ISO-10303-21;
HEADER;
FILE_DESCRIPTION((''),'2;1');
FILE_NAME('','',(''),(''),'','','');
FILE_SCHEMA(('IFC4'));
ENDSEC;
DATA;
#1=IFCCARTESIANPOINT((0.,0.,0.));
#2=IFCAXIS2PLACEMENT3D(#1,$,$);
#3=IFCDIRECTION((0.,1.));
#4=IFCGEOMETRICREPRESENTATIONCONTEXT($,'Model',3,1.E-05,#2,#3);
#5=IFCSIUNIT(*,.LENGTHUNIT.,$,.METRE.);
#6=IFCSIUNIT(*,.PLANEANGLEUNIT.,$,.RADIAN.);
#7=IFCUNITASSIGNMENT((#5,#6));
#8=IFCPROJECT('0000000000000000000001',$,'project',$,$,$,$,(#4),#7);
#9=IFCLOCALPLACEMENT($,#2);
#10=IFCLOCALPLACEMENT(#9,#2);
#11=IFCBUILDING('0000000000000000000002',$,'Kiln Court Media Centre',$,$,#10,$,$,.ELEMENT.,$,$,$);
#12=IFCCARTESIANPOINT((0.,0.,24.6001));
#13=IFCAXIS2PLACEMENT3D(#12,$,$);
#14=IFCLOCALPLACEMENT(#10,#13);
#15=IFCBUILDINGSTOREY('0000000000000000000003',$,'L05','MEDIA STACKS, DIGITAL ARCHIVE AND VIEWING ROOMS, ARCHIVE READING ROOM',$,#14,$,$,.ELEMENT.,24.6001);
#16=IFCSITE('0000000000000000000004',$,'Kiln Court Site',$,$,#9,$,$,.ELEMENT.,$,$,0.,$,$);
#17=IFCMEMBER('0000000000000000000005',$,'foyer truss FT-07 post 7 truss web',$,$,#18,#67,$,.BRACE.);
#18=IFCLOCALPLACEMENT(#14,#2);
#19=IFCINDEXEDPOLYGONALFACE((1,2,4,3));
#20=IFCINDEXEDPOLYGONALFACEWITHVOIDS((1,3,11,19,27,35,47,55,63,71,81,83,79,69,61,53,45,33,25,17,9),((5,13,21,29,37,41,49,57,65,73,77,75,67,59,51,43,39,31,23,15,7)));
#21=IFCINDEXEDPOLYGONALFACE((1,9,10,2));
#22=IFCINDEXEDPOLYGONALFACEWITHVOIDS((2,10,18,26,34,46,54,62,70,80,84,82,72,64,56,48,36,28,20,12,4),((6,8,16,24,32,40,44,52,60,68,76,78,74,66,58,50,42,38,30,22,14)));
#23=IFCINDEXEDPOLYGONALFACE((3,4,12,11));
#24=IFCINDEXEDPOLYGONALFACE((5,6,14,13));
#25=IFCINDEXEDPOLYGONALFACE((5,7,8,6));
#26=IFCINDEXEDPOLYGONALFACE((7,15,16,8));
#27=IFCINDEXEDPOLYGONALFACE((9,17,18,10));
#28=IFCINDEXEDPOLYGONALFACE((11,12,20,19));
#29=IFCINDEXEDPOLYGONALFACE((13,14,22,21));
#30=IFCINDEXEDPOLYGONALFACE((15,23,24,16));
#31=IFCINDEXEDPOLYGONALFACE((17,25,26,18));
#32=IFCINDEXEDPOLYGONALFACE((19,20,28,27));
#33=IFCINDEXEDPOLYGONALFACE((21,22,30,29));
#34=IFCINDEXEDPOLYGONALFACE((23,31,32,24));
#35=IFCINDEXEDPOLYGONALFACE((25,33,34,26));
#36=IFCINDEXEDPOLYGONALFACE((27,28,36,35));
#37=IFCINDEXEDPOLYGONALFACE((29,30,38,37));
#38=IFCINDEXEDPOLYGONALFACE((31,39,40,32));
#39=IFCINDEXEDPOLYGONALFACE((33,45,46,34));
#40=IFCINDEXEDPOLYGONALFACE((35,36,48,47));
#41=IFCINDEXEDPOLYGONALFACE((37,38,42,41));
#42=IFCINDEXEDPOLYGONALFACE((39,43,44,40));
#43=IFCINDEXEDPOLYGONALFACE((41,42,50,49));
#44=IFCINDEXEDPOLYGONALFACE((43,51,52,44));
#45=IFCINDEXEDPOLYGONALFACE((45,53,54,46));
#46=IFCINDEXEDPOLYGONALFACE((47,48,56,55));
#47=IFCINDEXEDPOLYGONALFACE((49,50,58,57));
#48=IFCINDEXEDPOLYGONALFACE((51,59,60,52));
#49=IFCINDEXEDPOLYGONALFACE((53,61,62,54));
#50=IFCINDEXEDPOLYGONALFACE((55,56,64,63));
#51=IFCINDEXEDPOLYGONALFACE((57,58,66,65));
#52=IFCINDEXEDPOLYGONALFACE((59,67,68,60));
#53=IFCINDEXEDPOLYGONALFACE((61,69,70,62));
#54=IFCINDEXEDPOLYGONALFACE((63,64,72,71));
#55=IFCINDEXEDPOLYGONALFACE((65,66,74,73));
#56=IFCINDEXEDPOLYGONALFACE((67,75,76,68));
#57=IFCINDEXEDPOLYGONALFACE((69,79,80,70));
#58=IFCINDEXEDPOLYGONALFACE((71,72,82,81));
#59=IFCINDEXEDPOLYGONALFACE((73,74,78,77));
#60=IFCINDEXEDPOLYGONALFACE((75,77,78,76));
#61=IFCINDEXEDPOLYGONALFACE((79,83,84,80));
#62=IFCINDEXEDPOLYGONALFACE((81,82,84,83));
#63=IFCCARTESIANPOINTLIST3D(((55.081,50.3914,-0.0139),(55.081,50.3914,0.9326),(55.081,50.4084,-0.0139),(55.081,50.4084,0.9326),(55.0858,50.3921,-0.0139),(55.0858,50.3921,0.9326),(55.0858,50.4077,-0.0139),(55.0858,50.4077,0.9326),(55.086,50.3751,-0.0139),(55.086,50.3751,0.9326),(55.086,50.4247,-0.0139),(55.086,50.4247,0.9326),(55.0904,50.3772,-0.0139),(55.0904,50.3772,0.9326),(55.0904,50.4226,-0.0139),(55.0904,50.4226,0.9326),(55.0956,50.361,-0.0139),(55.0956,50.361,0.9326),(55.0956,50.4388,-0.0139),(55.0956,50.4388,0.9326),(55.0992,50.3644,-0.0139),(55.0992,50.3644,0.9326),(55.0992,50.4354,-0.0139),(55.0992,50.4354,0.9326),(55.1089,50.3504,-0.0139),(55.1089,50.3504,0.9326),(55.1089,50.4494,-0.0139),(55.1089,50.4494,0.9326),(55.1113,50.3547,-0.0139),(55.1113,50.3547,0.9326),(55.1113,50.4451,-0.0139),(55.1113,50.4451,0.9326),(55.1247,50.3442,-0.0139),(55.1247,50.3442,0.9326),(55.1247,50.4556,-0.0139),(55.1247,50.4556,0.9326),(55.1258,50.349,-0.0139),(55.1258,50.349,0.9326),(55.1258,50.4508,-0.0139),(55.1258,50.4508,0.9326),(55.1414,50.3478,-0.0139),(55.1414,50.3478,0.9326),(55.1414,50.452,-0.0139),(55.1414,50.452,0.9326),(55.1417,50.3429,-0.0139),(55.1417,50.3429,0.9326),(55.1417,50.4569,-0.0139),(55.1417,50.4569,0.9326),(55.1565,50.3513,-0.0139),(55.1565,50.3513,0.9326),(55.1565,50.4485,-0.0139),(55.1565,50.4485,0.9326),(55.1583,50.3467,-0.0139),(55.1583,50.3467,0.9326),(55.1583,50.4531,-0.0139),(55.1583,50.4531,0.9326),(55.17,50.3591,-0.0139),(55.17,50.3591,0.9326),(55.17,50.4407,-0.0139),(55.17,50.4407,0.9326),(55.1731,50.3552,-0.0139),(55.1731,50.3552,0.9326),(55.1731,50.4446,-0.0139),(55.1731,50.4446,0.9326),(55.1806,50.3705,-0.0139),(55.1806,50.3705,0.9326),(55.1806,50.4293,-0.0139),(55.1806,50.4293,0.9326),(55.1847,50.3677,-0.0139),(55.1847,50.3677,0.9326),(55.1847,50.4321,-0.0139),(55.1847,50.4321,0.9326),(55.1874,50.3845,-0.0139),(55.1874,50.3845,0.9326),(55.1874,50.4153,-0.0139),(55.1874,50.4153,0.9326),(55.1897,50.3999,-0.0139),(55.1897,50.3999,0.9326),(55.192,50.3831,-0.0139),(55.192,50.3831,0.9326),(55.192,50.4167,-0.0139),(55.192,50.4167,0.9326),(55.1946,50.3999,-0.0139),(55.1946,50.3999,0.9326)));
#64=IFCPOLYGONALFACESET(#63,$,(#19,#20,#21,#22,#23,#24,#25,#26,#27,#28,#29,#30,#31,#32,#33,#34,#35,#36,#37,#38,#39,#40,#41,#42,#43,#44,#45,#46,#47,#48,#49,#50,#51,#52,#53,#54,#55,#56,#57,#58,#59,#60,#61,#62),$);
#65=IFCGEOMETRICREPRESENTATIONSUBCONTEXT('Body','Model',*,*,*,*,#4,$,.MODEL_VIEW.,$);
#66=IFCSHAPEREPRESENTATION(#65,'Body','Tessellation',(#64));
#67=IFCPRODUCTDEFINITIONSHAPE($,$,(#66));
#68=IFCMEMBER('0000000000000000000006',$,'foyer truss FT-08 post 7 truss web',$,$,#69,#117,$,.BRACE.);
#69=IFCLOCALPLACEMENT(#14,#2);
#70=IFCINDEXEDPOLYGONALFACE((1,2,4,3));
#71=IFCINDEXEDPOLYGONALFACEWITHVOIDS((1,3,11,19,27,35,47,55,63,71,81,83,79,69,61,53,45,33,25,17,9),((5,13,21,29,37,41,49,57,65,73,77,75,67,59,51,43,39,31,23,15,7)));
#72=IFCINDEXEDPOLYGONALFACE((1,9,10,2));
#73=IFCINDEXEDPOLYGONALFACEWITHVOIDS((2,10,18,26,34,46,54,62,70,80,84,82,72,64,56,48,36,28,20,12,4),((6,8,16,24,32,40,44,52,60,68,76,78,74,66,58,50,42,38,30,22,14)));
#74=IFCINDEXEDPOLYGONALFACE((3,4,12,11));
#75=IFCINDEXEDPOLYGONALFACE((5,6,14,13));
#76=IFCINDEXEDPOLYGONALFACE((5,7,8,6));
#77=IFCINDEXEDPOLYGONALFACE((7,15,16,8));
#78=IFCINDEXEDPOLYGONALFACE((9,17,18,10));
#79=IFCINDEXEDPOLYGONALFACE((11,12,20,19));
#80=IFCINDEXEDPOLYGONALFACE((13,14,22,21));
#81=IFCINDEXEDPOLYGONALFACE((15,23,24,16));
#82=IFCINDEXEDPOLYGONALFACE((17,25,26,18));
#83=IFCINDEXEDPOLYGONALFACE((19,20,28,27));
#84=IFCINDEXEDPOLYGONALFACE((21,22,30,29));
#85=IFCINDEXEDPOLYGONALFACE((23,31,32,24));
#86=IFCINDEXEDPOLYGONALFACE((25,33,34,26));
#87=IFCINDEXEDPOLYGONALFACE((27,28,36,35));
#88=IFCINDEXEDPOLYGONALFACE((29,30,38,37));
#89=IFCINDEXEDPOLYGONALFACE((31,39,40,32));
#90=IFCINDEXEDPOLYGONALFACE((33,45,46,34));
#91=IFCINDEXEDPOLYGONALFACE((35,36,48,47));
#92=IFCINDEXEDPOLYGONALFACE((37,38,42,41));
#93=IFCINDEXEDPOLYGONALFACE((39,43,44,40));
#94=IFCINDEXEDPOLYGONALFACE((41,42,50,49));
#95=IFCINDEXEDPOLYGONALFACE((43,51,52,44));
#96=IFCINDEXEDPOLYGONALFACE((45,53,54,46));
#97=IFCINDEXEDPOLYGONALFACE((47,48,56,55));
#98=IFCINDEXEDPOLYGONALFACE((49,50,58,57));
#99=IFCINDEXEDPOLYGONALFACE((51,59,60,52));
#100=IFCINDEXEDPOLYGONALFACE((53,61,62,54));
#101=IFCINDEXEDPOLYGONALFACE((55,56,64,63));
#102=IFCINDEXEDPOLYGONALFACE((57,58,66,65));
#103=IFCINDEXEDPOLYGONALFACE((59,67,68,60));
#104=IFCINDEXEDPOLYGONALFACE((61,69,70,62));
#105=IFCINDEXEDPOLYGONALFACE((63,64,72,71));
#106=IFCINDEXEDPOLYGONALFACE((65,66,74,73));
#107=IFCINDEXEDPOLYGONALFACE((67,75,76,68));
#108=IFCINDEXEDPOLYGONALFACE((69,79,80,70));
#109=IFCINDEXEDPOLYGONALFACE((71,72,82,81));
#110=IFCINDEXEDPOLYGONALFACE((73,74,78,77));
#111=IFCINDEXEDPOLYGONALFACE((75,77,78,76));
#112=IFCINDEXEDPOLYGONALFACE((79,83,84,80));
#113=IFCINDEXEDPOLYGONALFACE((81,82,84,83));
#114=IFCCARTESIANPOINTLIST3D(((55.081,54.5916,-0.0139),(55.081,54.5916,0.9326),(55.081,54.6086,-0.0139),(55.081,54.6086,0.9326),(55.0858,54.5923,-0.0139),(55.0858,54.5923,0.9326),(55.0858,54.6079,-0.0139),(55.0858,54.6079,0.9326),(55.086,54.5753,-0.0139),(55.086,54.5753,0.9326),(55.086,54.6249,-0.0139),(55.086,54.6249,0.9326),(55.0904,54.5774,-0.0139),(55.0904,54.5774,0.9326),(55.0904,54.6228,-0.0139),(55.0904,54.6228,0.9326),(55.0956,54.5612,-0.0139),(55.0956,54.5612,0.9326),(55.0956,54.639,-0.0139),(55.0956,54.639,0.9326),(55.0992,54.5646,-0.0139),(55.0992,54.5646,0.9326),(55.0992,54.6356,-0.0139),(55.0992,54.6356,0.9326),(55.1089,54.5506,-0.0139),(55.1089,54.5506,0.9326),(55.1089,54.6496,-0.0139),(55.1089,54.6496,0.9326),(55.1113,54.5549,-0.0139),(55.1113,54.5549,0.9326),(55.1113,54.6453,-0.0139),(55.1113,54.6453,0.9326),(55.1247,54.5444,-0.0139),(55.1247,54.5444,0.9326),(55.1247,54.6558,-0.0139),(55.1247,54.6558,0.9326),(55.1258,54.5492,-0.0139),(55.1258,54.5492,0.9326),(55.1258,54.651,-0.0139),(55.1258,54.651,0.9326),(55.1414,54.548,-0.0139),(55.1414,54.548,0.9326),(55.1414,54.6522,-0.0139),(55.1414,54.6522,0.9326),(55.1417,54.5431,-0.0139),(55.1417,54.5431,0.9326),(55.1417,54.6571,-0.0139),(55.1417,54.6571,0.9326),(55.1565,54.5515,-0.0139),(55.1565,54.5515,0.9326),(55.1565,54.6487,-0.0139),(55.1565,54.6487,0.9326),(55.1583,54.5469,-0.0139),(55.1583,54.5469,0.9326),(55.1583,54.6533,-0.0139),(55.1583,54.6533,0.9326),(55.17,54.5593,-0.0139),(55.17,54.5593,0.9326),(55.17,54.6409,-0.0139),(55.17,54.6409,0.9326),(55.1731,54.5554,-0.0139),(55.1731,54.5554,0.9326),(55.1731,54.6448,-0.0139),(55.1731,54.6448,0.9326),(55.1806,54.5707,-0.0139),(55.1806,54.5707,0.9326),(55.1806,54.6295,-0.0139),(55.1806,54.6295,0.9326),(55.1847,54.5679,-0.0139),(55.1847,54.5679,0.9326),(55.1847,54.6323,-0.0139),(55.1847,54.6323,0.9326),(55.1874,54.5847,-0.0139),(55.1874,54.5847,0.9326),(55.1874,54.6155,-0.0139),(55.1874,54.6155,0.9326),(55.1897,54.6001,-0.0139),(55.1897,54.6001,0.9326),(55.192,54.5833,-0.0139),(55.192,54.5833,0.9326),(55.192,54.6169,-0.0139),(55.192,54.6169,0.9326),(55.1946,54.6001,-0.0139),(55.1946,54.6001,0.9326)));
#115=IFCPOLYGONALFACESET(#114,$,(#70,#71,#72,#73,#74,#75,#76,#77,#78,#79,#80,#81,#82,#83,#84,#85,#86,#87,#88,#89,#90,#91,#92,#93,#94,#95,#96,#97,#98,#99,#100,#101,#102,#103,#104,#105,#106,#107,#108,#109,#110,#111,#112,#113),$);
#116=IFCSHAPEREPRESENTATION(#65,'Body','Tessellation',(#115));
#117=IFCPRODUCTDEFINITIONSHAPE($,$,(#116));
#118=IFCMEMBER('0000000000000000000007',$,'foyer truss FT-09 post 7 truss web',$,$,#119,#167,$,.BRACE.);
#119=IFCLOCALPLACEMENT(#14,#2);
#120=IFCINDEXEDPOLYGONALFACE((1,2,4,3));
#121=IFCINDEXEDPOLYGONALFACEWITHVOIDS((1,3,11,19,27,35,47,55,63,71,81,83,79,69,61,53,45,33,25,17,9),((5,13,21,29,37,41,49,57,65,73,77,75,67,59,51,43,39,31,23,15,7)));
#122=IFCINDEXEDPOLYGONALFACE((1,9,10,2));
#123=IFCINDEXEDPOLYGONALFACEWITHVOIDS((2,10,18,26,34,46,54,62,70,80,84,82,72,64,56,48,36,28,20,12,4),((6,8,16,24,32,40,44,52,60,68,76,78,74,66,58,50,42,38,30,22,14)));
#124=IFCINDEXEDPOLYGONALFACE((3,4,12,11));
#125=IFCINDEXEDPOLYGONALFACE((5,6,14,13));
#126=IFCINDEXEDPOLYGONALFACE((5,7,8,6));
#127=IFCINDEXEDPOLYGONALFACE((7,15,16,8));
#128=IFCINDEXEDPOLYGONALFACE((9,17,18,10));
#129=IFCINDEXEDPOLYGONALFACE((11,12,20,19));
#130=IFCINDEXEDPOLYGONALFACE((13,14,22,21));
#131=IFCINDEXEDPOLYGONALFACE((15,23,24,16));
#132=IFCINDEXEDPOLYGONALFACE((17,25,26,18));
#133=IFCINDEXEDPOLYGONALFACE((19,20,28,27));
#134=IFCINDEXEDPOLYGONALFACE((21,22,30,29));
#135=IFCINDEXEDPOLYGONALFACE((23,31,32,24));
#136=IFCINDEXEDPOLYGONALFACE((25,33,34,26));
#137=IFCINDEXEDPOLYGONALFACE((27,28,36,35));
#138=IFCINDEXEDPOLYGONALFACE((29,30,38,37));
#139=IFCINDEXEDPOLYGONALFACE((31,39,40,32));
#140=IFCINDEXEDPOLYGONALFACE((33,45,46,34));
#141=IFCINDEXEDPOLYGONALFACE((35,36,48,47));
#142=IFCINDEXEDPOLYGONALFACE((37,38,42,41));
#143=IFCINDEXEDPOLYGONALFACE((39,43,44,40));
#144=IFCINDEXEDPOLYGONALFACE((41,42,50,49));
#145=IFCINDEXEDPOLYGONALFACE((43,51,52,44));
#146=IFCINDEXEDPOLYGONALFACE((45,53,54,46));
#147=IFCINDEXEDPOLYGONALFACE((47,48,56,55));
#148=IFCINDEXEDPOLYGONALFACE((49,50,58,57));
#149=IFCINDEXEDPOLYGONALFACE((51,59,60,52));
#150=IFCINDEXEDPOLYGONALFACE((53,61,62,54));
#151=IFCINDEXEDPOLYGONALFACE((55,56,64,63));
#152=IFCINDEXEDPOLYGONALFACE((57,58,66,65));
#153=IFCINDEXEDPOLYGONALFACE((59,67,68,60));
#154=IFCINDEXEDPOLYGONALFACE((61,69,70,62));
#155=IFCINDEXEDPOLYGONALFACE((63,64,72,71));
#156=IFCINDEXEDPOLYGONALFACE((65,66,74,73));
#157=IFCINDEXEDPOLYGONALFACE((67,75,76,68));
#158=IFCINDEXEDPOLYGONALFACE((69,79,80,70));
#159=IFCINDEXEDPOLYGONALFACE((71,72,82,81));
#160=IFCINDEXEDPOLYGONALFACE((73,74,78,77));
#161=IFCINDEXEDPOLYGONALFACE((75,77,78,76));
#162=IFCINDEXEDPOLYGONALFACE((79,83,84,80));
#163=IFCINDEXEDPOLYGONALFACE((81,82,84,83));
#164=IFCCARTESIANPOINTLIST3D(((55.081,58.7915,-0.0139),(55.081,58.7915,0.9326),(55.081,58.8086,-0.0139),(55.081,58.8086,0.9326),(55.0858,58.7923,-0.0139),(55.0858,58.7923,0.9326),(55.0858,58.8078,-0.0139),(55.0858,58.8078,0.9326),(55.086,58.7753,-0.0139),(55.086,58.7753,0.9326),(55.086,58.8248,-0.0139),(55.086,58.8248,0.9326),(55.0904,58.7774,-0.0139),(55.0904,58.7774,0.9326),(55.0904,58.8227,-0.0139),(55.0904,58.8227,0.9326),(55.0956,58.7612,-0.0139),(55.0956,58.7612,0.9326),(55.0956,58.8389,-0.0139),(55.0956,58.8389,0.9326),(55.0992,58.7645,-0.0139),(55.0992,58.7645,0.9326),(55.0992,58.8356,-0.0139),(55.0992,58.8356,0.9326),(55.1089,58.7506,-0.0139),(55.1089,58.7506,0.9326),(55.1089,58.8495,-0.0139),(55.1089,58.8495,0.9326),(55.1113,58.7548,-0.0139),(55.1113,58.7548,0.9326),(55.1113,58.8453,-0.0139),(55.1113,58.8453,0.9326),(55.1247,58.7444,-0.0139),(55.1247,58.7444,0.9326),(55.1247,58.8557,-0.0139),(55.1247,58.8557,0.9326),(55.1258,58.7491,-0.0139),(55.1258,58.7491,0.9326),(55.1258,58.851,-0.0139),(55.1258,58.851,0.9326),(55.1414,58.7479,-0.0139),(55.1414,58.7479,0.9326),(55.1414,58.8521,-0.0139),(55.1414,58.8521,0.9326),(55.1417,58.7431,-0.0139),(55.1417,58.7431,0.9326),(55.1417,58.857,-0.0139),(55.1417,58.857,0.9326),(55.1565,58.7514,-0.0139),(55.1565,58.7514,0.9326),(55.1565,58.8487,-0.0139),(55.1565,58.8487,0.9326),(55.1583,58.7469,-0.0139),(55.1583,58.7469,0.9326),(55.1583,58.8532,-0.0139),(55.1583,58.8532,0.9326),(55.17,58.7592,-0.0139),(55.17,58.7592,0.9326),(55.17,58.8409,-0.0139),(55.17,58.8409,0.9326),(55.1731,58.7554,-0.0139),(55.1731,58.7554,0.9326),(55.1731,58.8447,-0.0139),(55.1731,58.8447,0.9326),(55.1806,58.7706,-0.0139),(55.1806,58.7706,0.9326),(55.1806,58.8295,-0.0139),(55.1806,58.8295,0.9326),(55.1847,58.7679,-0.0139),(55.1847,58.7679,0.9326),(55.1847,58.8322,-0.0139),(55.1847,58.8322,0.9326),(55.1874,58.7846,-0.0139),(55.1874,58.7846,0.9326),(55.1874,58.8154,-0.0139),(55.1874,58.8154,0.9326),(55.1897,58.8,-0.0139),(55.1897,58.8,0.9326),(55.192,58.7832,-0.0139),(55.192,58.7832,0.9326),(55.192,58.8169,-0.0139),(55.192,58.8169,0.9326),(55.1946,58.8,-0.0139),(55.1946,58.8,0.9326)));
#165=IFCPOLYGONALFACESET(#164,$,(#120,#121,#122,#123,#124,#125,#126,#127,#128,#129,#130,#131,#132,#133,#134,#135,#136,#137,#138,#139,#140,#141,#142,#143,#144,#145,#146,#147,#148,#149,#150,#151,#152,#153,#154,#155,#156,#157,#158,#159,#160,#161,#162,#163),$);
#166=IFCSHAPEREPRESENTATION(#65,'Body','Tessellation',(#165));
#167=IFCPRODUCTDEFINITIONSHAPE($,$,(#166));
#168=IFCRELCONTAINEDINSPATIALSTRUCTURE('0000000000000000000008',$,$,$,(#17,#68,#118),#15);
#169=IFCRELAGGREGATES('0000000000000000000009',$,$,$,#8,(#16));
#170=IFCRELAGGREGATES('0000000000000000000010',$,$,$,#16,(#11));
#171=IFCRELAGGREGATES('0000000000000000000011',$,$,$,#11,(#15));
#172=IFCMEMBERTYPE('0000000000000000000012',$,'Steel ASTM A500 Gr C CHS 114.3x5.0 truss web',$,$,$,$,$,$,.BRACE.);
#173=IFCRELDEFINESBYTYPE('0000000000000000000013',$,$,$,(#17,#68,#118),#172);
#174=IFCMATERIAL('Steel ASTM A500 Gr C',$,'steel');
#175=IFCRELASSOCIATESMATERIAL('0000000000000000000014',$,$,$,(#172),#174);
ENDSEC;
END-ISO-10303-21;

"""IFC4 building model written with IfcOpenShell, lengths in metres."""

from ifc_helpers import new_model, si_unit, direction, frame, origin, origin_2d, place, context, subcontext, project, spatial, hollow_circle, extrude, material, material_profile, profile_set, type_object, element, save


model = new_model("IFC4")

# Units and contexts
model_context = context("Model", 3, precision=1e-05, world=origin(), true_north=direction((0.0, 1.0)))
body_context = subcontext(model_context, "Body", "Model", "MODEL_VIEW")
ifc_project = project(units=[si_unit("LENGTHUNIT", "METRE"), si_unit("PLANEANGLEUNIT", "RADIAN")], contexts=[model_context])

# Site, building, storey
site_placement = place(None, origin())
site = spatial("IfcSite", under=ifc_project, at=site_placement, Name="Kiln Court Site", CompositionType="ELEMENT", RefElevation=0.0)
building_placement = place(site_placement, origin())
building = spatial("IfcBuilding", under=site, at=building_placement, Name="Kiln Court Media Centre", CompositionType="ELEMENT")
storey_placement = place(building_placement, frame((0.0, 0.0, 24.6001)))
storey = spatial("IfcBuildingStorey", under=building, at=storey_placement, Name="L05", Description="MEDIA STACKS, DIGITAL ARCHIVE AND VIEWING ROOMS, ARCHIVE READING ROOM", CompositionType="ELEMENT", Elevation=24.6001)

# Members
ifc_material_1 = material(Name="Steel ASTM A500 Gr C", Category="steel")
ifc_material_profile = material_profile(ifc_material_1, hollow_circle(Radius=0.0571, WallThickness=0.0049, at=origin_2d()), Name="CHS 114.3x5.0")
ifc_profile_set = profile_set([ifc_material_profile], Name="Steel ASTM A500 Gr C")
member_type = type_object("IfcMemberType", Name="Steel ASTM A500 Gr C CHS 114.3x5.0 truss web", PredefinedType="BRACE", material=ifc_profile_set)
for number, where, z_axis, x_axis, name in (
    (1, (55.1375, 50.3999, -0.0139), (0.0, 0.0, 1.0), (1.0, 0.0, 0.0), "foyer truss FT-07 post 7 truss web"),
    (2, (55.1375, 54.6001, -0.0139), (0.0, 0.0, 1.0), (1.0, 0.0, 0.0), "foyer truss FT-08 post 7 truss web"),
    (3, (55.1375, 58.8, -0.0139), (0.0, 0.0, 1.0), (1.0, 0.0, 0.0), "foyer truss FT-09 post 7 truss web"),
):
    element("IfcMember", number, at=place(storey_placement, frame(where, z_axis=z_axis, x_axis=x_axis)), inside=storey, type_object=member_type, Name=name, PredefinedType="BRACE", context=body_context, shape_type="SweptSolid", body=[
        extrude(hollow_circle(Radius=0.0571, WallThickness=0.0049, at=origin_2d()), origin(), (0.0, 0.0, 1.0), 0.9465),
    ])

save(model, "model.ifc")
